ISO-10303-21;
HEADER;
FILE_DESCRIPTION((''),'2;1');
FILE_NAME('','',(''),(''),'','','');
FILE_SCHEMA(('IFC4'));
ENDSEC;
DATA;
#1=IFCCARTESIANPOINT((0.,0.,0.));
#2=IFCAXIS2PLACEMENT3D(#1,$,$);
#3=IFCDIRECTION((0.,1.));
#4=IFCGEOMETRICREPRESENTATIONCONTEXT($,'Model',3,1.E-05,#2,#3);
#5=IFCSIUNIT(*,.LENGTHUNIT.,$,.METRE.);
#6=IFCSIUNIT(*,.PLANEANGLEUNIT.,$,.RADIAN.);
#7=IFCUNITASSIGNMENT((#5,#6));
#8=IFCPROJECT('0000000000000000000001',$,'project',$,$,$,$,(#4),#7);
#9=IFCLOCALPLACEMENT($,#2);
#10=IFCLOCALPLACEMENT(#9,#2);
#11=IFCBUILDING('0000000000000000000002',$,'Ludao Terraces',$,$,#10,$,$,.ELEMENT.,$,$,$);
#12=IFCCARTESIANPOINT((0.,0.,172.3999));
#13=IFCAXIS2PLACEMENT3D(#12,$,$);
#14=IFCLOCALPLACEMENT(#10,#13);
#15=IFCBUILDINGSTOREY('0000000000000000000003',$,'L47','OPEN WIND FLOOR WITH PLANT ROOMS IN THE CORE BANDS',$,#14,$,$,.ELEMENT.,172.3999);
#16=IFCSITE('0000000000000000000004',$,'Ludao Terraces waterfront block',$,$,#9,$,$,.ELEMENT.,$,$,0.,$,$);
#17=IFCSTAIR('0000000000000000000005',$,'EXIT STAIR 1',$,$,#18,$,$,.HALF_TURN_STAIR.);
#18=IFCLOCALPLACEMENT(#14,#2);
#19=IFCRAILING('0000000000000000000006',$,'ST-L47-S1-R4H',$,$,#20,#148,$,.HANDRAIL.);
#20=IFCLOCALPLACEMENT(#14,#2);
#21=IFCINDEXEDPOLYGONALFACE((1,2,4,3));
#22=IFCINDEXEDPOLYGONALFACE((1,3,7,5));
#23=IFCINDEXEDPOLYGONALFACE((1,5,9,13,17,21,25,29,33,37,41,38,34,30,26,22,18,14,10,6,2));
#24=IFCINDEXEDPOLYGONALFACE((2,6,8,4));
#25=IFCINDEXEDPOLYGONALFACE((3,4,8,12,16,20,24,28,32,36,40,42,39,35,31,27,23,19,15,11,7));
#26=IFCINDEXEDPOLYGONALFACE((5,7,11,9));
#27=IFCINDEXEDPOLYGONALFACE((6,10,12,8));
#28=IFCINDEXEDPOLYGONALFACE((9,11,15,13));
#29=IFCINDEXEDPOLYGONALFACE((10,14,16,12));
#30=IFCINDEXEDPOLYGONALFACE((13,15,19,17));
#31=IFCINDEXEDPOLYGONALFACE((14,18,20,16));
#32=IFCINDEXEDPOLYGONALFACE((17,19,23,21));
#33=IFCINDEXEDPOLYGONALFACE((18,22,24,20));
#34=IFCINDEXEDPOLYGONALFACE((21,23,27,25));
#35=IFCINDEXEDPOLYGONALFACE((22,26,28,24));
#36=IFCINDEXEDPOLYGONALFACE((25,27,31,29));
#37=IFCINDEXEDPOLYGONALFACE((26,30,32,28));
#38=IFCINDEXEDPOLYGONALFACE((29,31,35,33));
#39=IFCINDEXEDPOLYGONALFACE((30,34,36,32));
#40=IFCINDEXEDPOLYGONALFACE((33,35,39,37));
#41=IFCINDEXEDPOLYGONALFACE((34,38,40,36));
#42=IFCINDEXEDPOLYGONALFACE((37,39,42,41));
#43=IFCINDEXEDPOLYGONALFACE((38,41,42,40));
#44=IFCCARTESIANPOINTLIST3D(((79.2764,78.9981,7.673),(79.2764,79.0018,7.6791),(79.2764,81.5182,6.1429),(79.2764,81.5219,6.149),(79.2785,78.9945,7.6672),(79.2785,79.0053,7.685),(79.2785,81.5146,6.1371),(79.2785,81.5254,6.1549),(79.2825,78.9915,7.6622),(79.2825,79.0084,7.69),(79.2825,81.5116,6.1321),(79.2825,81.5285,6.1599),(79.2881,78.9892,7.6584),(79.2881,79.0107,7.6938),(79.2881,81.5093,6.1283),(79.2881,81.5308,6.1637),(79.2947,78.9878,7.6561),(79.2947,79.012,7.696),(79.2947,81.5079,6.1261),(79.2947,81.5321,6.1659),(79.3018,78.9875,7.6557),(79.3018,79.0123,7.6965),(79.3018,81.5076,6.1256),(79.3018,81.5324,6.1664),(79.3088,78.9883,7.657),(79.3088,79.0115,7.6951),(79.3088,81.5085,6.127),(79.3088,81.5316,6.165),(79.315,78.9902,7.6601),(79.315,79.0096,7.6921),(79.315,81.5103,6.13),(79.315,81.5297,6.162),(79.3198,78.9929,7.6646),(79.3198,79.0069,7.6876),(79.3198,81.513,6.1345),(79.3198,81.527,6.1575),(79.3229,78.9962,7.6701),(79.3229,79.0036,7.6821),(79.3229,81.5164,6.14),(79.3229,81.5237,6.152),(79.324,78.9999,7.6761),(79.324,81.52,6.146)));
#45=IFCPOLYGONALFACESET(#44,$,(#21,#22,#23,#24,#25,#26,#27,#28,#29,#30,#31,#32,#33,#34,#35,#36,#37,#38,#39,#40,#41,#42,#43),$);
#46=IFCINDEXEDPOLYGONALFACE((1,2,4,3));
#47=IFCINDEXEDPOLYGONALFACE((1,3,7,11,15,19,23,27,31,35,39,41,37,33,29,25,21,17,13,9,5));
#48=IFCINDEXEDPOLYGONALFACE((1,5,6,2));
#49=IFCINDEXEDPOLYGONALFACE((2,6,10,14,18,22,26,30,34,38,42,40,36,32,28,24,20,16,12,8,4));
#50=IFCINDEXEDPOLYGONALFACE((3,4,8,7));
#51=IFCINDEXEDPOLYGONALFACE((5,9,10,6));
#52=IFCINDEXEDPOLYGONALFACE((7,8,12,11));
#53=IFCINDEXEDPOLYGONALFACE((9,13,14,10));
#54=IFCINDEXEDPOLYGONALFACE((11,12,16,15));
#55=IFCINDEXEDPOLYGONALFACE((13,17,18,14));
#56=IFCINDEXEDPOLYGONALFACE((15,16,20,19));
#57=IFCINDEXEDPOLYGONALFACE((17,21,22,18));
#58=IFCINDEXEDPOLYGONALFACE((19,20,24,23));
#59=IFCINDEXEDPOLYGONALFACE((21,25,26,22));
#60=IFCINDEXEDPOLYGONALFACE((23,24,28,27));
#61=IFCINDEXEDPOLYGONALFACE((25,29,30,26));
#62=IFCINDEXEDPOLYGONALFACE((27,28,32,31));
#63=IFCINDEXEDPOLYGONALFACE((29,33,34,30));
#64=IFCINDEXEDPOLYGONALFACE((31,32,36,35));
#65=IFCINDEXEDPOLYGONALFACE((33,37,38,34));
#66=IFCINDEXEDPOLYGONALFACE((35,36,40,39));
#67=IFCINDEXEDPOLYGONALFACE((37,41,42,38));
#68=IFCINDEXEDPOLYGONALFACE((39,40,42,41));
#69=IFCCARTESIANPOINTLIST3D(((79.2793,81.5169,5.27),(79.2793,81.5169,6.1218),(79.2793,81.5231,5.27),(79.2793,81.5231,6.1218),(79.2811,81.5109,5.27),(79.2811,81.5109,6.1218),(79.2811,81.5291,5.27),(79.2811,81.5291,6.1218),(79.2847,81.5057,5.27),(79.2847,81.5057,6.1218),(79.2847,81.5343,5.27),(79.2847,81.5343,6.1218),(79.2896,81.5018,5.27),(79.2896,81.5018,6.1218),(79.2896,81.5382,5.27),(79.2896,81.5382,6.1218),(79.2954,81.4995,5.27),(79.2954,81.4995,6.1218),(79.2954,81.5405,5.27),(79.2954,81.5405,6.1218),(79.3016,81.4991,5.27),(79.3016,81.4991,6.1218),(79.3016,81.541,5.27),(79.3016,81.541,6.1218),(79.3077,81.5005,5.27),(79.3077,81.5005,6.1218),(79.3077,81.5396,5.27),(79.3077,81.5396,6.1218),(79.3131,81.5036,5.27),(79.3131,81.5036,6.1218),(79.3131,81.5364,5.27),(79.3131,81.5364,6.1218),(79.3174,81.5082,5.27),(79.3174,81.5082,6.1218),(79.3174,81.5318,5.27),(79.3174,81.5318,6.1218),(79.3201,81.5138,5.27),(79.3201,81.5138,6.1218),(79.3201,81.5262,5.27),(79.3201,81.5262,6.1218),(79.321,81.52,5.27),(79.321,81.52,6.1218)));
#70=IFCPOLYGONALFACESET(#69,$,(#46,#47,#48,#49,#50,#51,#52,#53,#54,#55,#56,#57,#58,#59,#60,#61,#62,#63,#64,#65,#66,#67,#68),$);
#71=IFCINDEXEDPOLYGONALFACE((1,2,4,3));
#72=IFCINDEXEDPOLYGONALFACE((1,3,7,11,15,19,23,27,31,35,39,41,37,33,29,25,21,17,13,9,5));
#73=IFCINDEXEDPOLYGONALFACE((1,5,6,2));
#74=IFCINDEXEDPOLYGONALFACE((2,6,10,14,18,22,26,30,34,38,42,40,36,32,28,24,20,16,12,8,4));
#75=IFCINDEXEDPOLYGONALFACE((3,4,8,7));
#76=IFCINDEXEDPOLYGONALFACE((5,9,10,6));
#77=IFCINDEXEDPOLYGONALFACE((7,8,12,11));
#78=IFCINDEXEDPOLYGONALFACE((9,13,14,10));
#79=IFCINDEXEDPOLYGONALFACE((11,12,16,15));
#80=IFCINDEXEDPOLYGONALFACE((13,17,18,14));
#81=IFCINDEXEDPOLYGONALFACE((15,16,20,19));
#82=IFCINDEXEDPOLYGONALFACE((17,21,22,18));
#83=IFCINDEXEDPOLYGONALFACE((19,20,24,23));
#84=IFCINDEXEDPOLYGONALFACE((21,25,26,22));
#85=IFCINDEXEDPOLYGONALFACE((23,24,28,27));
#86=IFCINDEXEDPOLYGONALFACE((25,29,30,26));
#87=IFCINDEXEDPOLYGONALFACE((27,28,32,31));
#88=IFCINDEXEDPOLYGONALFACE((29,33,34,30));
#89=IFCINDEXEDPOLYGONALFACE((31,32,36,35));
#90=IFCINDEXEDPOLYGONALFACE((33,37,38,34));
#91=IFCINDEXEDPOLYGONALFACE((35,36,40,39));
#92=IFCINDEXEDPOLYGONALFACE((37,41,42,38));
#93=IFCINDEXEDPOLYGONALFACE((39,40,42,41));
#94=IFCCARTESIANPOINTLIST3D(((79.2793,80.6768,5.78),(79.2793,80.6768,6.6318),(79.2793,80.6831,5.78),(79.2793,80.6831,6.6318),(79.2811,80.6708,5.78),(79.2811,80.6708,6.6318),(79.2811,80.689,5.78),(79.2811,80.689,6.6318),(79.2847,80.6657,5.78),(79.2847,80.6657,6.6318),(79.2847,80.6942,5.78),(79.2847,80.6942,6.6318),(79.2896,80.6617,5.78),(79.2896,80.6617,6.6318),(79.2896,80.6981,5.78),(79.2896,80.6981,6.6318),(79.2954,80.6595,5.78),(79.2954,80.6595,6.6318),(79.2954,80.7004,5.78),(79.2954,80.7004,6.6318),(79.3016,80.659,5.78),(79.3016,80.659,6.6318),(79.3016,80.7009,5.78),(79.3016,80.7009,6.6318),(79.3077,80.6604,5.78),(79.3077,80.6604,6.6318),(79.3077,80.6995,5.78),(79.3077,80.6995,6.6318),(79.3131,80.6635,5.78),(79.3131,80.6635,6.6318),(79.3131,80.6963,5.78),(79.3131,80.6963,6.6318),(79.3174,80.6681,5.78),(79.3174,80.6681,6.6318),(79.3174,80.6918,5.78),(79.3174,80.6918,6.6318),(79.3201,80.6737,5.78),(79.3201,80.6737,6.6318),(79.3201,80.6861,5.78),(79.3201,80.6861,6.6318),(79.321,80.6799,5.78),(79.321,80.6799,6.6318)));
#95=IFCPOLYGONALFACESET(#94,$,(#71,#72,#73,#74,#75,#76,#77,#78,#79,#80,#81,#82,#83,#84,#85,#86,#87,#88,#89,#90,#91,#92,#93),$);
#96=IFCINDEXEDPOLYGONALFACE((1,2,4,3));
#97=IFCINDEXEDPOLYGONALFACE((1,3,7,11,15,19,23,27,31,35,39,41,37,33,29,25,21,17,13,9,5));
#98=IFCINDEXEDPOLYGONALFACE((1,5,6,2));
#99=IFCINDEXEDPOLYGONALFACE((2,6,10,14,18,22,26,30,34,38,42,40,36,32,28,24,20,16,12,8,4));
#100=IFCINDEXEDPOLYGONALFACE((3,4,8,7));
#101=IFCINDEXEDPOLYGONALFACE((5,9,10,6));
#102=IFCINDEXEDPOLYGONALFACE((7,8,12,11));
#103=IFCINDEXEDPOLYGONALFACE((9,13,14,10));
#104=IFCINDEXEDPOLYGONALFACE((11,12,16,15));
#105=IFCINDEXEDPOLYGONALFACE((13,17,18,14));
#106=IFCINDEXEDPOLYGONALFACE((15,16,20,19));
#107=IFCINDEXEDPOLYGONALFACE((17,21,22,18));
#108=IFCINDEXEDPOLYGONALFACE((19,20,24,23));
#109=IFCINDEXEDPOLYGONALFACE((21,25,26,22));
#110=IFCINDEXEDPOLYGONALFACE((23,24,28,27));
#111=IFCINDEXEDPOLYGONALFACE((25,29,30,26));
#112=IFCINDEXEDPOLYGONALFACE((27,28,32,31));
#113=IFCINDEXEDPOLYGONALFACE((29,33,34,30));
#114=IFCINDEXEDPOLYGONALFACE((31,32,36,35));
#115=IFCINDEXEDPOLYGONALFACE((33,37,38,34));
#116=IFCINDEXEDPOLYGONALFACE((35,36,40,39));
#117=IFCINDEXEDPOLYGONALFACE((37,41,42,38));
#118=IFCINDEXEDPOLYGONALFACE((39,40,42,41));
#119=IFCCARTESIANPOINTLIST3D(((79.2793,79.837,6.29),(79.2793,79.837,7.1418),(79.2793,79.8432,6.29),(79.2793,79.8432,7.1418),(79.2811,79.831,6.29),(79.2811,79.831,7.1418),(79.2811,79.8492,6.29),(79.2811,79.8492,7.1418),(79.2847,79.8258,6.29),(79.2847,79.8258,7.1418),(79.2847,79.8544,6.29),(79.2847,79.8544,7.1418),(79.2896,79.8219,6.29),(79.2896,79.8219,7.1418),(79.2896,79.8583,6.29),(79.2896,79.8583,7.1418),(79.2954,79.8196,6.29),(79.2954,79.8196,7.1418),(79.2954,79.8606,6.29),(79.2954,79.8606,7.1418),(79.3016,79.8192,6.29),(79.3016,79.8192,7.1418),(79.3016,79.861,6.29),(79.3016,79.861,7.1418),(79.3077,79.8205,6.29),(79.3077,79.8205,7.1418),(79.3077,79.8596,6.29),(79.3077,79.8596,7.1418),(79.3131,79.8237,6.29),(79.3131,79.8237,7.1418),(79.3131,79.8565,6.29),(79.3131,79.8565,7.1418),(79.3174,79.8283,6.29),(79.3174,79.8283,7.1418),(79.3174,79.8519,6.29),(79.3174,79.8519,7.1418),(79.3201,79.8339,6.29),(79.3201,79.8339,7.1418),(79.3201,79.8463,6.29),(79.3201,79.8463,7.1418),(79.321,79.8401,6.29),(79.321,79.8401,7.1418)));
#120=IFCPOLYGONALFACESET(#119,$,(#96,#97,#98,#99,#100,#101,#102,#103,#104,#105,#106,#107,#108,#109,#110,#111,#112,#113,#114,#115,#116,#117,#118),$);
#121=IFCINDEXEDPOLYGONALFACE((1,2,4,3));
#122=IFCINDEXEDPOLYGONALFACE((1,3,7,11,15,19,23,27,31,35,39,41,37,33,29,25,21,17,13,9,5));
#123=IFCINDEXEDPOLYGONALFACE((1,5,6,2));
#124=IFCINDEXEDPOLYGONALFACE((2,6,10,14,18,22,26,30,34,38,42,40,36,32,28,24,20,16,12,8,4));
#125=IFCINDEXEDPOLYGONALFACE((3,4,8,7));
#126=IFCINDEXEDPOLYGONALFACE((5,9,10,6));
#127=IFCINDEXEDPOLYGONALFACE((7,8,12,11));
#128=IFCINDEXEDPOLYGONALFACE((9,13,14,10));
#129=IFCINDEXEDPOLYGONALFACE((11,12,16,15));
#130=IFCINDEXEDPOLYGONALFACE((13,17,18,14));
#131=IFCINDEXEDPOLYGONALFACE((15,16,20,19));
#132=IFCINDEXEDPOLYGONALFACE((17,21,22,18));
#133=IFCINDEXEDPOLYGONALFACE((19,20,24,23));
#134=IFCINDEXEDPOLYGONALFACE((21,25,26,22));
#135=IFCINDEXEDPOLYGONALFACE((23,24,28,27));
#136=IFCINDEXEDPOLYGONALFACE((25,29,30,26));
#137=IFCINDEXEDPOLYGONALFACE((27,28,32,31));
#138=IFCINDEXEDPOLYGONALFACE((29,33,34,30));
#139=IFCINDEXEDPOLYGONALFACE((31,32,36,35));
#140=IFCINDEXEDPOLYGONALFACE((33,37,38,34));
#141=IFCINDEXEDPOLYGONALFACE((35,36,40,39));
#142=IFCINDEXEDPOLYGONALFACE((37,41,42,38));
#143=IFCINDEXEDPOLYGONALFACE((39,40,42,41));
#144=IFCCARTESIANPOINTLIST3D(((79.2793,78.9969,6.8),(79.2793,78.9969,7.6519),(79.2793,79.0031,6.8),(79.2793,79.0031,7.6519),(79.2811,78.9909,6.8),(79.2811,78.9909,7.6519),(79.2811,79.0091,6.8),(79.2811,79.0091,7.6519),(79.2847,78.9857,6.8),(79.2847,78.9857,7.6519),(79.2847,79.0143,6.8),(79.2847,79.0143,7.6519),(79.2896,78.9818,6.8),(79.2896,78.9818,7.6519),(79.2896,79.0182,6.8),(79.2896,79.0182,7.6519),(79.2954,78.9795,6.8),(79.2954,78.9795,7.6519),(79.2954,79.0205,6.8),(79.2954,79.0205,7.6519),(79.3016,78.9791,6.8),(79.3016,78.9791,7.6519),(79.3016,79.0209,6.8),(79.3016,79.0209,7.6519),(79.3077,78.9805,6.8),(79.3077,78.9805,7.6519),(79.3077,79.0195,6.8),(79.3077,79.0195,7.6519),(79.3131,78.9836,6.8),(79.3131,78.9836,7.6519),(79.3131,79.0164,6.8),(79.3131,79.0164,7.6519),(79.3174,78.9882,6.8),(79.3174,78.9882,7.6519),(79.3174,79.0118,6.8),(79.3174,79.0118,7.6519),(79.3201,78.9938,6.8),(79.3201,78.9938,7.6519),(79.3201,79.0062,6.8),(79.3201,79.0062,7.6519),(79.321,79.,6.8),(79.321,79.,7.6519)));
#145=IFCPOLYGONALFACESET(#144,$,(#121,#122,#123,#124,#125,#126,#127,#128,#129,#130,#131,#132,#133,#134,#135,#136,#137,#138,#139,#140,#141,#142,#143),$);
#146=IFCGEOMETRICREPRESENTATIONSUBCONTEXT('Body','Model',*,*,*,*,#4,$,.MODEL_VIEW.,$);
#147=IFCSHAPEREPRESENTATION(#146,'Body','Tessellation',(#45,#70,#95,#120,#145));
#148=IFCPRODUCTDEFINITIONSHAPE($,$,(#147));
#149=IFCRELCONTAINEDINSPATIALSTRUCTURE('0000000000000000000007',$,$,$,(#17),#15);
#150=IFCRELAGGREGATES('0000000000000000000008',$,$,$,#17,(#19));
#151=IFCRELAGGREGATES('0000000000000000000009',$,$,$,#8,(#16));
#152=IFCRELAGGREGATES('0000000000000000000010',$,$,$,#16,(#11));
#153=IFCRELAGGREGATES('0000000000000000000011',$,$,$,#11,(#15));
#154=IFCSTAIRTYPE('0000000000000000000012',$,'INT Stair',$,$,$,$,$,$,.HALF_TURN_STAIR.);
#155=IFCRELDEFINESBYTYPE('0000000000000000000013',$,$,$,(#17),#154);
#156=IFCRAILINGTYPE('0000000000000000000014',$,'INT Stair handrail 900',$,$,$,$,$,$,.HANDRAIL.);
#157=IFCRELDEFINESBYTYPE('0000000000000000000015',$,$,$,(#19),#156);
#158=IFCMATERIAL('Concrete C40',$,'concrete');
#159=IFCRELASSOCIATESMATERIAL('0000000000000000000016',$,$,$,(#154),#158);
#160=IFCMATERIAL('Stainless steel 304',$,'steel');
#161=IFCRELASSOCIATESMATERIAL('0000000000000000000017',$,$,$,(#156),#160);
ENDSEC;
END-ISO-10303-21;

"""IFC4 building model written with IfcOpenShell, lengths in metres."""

from ifc_helpers import new_model, si_unit, direction, frame, origin, origin_2d, place, context, subcontext, project, spatial, circle, extrude, material, type_object, element, aggregate, save


model = new_model("IFC4")

# Units and contexts
model_context = context("Model", 3, precision=1e-05, world=origin(), true_north=direction((0.0, 1.0)))
body_context = subcontext(model_context, "Body", "Model", "MODEL_VIEW")
ifc_project = project(units=[si_unit("LENGTHUNIT", "METRE"), si_unit("PLANEANGLEUNIT", "RADIAN")], contexts=[model_context])

# Site, building, storey
site_placement = place(None, origin())
site = spatial("IfcSite", under=ifc_project, at=site_placement, Name="Ludao Terraces waterfront block", CompositionType="ELEMENT", RefElevation=0.0)
building_placement = place(site_placement, origin())
building = spatial("IfcBuilding", under=site, at=building_placement, Name="Ludao Terraces", CompositionType="ELEMENT")
storey_placement = place(building_placement, frame((0.0, 0.0, 172.3999)))
storey = spatial("IfcBuildingStorey", under=building, at=storey_placement, Name="L47", Description="OPEN WIND FLOOR WITH PLANT ROOMS IN THE CORE BANDS", CompositionType="ELEMENT", Elevation=172.3999)

# Shared definitions
ifc_material_1 = material(Name="Stainless steel 304", Category="steel")

# Stair, railing
ifc_material_2 = material(Name="Concrete C40", Category="concrete")
stair_type = type_object("IfcStairType", Name="INT Stair", PredefinedType="HALF_TURN_STAIR", material=ifc_material_2)
stair_placement = place(storey_placement, origin())
stair = element("IfcStair", 1, at=stair_placement, inside=storey, type_object=stair_type, Name="EXIT STAIR 1", PredefinedType="HALF_TURN_STAIR")
railing_type_1 = type_object("IfcRailingType", Name="INT Stair handrail 900", PredefinedType="HANDRAIL", material=ifc_material_1)
railing_1_placement = place(storey_placement, frame((79.3, 81.52, 5.27)))
railing_1 = element("IfcRailing", 2, at=railing_1_placement, type_object=railing_type_1, Name="ST-L47-S1-R4H", PredefinedType="HANDRAIL", context=body_context, shape_type="SweptSolid", body=[
    extrude(circle(Radius=0.0239, at=origin_2d()), frame((0.0, 0.0, 0.876), z_axis=(0.0, -0.854785, 0.518982), x_axis=(1.0, 0.0, 0.0)), (0.0, 0.0, 1.0), 2.9482),
    extrude(circle(Radius=0.021, at=origin_2d()), origin(), (0.0, 0.0, 1.0), 0.8518),
    extrude(circle(Radius=0.021, at=origin_2d()), frame((0.0, -0.8401, 0.51)), (0.0, 0.0, 1.0), 0.8518),
    extrude(circle(Radius=0.021, at=origin_2d()), frame((0.0, -1.6799, 1.02)), (0.0, 0.0, 1.0), 0.8518),
    extrude(circle(Radius=0.021, at=origin_2d()), frame((0.0, -2.52, 1.53)), (0.0, 0.0, 1.0), 0.8518),
])
aggregate(stair, [railing_1])

save(model, "model.ifc")
